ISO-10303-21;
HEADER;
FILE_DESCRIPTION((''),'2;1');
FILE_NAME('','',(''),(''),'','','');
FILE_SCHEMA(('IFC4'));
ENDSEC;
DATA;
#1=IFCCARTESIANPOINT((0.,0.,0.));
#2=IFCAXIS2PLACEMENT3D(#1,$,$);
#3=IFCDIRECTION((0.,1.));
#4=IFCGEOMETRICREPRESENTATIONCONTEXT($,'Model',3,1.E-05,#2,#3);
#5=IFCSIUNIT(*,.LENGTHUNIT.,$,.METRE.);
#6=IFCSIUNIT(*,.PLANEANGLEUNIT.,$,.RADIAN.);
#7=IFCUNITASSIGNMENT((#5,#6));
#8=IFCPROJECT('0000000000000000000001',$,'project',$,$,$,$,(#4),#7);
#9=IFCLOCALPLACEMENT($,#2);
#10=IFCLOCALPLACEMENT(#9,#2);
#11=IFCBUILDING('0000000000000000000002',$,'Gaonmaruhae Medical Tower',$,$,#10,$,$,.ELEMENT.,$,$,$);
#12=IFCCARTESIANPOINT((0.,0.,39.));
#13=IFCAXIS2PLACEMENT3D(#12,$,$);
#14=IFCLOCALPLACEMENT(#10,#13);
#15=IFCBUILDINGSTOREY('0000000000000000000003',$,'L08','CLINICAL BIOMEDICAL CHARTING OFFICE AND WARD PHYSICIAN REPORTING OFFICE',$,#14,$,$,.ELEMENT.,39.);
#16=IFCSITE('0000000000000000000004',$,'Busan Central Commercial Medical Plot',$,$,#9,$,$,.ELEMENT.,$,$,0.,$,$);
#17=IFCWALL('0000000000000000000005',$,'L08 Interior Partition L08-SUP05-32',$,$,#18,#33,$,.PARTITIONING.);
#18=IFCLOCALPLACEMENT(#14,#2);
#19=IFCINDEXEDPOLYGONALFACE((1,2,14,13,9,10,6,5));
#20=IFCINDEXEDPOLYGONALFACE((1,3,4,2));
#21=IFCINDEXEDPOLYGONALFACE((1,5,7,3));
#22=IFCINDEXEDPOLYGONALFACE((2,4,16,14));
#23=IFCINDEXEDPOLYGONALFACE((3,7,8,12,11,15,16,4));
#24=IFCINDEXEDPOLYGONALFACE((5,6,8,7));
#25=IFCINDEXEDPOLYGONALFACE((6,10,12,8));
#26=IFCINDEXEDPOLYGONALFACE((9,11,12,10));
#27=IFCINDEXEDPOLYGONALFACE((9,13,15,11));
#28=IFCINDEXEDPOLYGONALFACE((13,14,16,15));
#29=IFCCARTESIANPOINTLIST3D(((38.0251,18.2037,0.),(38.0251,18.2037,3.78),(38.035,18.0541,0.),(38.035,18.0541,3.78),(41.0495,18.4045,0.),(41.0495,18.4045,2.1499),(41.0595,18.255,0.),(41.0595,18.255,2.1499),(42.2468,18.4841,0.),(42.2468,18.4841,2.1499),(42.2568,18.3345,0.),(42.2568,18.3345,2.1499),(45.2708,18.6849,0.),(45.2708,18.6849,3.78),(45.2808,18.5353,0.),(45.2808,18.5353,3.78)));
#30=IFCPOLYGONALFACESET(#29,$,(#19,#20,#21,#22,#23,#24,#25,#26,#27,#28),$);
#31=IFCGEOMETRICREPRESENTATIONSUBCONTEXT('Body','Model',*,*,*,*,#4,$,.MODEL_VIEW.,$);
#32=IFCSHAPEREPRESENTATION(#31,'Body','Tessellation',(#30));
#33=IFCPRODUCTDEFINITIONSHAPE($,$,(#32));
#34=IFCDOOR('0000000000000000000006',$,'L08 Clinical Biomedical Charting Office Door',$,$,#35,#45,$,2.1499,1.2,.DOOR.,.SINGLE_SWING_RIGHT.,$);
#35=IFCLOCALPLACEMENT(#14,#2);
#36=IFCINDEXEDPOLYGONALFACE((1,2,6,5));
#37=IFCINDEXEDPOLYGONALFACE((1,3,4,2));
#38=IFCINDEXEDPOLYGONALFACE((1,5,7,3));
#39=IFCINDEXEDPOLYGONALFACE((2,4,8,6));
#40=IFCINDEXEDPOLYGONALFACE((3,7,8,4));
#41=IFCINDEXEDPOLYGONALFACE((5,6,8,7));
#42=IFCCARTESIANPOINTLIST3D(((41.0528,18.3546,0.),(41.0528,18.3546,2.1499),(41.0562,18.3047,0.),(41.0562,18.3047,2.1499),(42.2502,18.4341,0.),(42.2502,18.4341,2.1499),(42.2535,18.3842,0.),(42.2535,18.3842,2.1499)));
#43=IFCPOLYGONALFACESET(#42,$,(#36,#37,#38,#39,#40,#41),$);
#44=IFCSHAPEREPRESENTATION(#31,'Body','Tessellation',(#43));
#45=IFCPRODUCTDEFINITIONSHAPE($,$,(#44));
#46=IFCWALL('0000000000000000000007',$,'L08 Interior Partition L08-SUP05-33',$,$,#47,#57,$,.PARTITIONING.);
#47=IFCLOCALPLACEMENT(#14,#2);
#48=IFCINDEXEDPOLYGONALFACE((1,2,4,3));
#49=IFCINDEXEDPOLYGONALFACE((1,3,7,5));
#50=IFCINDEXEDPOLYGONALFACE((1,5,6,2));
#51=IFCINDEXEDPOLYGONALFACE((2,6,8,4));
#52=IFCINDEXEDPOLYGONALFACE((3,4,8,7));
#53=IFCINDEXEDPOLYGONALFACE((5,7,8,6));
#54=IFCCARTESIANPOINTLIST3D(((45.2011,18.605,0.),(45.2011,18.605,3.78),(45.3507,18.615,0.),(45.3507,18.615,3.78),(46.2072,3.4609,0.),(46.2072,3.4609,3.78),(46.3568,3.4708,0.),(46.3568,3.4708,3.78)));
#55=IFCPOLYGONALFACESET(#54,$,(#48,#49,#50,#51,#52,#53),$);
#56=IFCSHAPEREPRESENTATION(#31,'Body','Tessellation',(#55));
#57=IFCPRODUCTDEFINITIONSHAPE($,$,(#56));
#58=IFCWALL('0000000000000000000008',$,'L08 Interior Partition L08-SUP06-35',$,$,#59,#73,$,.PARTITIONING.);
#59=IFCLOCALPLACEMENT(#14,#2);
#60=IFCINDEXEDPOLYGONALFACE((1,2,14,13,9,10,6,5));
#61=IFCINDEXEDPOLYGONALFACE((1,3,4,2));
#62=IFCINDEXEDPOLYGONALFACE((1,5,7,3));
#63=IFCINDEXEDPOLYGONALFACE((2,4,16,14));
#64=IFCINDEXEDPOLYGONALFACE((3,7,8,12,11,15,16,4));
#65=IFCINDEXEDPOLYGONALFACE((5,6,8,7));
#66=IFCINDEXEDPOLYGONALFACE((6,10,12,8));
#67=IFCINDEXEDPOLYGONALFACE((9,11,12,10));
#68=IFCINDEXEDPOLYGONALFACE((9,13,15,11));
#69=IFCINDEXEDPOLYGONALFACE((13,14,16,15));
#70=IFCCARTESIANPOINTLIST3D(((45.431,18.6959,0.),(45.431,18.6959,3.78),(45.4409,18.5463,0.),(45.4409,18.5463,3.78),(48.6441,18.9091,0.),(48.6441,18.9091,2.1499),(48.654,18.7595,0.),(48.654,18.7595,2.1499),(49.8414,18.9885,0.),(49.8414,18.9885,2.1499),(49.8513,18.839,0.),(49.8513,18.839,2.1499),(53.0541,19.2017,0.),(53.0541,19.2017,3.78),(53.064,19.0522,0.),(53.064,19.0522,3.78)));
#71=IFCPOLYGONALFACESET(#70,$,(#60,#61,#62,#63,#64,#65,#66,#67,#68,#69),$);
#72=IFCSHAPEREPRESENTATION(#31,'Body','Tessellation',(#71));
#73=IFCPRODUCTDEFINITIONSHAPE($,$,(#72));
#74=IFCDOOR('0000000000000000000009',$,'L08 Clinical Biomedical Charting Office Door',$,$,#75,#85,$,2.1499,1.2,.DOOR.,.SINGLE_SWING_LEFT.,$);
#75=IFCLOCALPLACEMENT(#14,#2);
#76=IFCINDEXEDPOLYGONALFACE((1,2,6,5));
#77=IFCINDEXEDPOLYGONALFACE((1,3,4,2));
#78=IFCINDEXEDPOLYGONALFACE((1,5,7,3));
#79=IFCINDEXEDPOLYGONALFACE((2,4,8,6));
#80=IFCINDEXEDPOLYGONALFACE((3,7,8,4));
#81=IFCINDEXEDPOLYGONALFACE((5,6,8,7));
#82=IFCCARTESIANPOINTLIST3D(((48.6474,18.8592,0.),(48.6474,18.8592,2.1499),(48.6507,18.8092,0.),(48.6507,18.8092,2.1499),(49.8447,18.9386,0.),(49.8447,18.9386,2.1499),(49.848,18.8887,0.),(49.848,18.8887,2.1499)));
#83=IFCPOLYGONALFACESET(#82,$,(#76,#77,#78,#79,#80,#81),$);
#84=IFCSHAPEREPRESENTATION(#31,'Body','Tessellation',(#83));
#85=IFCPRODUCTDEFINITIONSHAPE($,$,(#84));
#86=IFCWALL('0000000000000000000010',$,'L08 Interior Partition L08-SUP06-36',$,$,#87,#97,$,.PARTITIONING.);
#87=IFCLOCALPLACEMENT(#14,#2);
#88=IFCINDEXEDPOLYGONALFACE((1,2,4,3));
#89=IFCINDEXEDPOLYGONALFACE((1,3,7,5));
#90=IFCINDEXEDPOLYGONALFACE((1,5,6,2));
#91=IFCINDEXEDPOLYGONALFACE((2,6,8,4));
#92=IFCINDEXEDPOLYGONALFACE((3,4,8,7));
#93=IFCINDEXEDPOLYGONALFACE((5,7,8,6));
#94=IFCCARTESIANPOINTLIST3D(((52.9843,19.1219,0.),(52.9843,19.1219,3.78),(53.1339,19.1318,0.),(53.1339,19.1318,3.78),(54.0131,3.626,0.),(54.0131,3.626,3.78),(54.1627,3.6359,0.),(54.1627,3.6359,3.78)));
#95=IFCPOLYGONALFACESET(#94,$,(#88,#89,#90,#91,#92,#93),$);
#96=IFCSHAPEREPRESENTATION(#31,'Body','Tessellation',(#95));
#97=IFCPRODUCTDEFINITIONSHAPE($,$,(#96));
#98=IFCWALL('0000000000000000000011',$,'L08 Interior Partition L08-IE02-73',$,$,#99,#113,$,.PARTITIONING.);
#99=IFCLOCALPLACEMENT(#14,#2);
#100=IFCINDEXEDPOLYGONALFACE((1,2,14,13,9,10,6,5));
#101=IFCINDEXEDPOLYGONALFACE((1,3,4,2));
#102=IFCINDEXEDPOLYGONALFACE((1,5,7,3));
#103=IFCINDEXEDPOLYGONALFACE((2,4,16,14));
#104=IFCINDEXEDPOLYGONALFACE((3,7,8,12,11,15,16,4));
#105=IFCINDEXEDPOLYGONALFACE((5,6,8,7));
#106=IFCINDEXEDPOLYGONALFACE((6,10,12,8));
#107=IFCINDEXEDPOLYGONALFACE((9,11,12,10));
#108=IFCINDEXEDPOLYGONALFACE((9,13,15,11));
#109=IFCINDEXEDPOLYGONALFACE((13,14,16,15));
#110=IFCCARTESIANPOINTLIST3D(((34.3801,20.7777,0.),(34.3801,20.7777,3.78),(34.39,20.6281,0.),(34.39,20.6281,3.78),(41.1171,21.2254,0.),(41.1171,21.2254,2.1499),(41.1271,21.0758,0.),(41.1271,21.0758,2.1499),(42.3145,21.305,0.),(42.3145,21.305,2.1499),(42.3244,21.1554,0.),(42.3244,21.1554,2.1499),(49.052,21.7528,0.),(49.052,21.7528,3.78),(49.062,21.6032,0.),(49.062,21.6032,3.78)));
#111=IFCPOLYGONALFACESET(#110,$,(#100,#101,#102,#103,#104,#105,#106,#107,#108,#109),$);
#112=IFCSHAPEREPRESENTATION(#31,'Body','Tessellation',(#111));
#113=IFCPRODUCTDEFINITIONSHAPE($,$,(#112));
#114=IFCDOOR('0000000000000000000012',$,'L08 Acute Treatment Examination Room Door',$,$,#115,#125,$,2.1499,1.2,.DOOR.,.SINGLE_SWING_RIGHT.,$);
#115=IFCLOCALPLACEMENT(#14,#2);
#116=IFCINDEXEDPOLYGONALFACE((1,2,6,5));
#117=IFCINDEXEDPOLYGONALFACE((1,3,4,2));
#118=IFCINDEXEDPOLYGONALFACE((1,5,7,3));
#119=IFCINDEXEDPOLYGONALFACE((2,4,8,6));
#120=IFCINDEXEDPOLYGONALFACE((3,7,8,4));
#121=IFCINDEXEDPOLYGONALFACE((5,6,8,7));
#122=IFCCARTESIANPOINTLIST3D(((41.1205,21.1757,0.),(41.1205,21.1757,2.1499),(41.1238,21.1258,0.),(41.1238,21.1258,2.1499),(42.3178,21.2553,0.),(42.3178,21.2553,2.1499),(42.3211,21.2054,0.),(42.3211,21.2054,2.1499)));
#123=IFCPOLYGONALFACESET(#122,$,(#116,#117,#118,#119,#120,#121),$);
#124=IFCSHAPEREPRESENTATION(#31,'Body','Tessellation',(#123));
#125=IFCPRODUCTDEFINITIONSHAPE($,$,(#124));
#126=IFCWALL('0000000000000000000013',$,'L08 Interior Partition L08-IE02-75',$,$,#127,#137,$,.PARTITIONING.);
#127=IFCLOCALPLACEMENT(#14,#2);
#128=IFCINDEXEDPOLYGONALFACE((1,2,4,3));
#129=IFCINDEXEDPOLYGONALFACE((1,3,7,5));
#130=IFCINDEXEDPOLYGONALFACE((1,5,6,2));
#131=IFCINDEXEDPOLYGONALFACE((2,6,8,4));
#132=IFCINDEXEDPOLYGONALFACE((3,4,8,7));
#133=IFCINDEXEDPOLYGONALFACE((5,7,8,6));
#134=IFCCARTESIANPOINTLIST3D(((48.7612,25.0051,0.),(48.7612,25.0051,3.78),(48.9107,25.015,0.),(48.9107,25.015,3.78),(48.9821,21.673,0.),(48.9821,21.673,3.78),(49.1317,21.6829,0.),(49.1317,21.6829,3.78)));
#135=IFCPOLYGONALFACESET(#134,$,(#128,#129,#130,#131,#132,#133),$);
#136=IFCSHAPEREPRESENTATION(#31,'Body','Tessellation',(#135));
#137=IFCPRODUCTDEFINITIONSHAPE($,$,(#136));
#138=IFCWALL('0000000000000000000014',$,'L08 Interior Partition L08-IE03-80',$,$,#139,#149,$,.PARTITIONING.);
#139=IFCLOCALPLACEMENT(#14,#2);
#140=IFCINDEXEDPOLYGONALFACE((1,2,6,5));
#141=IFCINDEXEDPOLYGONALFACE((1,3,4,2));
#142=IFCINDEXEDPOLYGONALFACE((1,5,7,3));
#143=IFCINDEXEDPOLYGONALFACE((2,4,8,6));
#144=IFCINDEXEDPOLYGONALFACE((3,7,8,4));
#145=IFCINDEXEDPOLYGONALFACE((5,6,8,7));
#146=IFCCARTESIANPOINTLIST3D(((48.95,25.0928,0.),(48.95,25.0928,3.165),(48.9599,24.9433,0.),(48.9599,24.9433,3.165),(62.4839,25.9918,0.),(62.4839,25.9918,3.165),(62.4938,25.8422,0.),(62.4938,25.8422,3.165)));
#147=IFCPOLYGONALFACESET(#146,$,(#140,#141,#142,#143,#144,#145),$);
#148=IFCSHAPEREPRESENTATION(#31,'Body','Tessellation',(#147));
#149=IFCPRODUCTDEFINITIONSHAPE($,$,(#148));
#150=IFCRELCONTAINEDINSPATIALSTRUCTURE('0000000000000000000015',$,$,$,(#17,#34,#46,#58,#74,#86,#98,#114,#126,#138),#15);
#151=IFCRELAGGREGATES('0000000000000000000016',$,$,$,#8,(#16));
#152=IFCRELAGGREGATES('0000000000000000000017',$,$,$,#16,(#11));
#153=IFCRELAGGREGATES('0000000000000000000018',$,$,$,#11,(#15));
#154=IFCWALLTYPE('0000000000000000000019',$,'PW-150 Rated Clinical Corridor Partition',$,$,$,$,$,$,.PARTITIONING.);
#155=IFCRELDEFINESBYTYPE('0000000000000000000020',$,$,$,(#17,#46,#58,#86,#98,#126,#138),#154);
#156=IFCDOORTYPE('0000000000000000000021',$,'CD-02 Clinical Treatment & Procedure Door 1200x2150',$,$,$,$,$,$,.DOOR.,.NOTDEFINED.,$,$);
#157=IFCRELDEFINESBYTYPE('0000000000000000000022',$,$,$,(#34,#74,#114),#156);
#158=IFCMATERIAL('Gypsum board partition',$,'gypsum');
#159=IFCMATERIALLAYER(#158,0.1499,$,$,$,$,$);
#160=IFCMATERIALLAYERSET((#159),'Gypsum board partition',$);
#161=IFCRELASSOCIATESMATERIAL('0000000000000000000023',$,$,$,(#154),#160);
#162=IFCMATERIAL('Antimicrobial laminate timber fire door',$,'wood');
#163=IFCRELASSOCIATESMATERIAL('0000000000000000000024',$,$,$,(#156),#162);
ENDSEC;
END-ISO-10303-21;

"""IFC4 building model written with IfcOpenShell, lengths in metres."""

from ifc_helpers import new_model, si_unit, direction, frame, frame_2d, origin, place, context, subcontext, project, spatial, rectangle, extrude, material, layer, layer_set, type_object, element, fill, save


model = new_model("IFC4")

# Units and contexts
model_context = context("Model", 3, precision=1e-05, world=origin(), true_north=direction((0.0, 1.0)))
body_context = subcontext(model_context, "Body", "Model", "MODEL_VIEW")
ifc_project = project(units=[si_unit("LENGTHUNIT", "METRE"), si_unit("PLANEANGLEUNIT", "RADIAN")], contexts=[model_context])

# Site, building, storey
site_placement = place(None, origin())
site = spatial("IfcSite", under=ifc_project, at=site_placement, Name="Busan Central Commercial Medical Plot", CompositionType="ELEMENT", RefElevation=0.0)
building_placement = place(site_placement, origin())
building = spatial("IfcBuilding", under=site, at=building_placement, Name="Gaonmaruhae Medical Tower", CompositionType="ELEMENT")
storey_placement = place(building_placement, frame((0.0, 0.0, 39.0)))
storey = spatial("IfcBuildingStorey", under=building, at=storey_placement, Name="L08", Description="CLINICAL BIOMEDICAL CHARTING OFFICE AND WARD PHYSICIAN REPORTING OFFICE", CompositionType="ELEMENT", Elevation=39.0)

# Shared definitions
ifc_material_1 = material(Name="Gypsum board partition", Category="gypsum")
ifc_layer_1 = layer(ifc_material_1, 0.1499)
ifc_layer_set_1 = layer_set([ifc_layer_1], Name="Gypsum board partition")
wall_type_1 = type_object("IfcWallType", Name="PW-150 Rated Clinical Corridor Partition", PredefinedType="PARTITIONING", material=ifc_layer_set_1)

# Wall, opening, door
wall_1_placement = place(storey_placement, frame((38.03, 18.1289, 0.0), z_axis=(0.0, 0.0, 1.0), x_axis=(0.997802, 0.066265, 0.0)))
wall_1 = element("IfcWall", 1, at=wall_1_placement, inside=storey, type_object=wall_type_1, Name="L08 Interior Partition L08-SUP05-32", PredefinedType="PARTITIONING", context=body_context, shape_type="SweptSolid", body=[
    extrude(rectangle(XDim=7.2617, YDim=0.1499, at=frame_2d((3.6309, 0.0))), origin(), (0.0, 0.0, 1.0), 3.78),
])
opening_1_placement = place(wall_1_placement, frame((3.031, 0.0, 0.0)))
opening_1 = element("IfcOpeningElement", 2, at=opening_1_placement, cuts=wall_1, PredefinedType="OPENING", context=body_context, shape_type="SweptSolid", body=[
    extrude(rectangle(XDim=1.2, YDim=2.1499, at=frame_2d((0.6001, 1.075))), frame((0.0, 0.085, 0.0), z_axis=(0.0, -1.0, 0.0), x_axis=(1.0, 0.0, 0.0)), (0.0, 0.0, 1.0), 0.1699),
])
ifc_material_2 = material(Name="Antimicrobial laminate timber fire door", Category="wood")
door_type_1 = type_object("IfcDoorType", Name="CD-02 Clinical Treatment & Procedure Door 1200x2150", OperationType="NOTDEFINED", PredefinedType="DOOR", material=ifc_material_2)
door_1_placement = place(opening_1_placement, origin())
door_1 = element("IfcDoor", 3, at=door_1_placement, inside=storey, type_object=door_type_1, Name="L08 Clinical Biomedical Charting Office Door", OperationType="SINGLE_SWING_RIGHT", OverallHeight=2.1499, OverallWidth=1.2, PredefinedType="DOOR", context=body_context, shape_type="SweptSolid", body=[
    extrude(rectangle(XDim=1.2, YDim=2.1499, at=frame_2d((0.6001, 1.075))), frame((0.0, 0.0249, 0.0), z_axis=(0.0, -1.0, 0.0), x_axis=(1.0, 0.0, 0.0)), (0.0, 0.0, 1.0), 0.05),
])
fill(opening_1, door_1)

# Wall
wall_2_placement = place(storey_placement, frame((45.2759, 18.6101, 0.0), z_axis=(0.0, 0.0, 1.0), x_axis=(0.066289, -0.9978, 0.0)))
element("IfcWall", 4, at=wall_2_placement, inside=storey, type_object=wall_type_1, Name="L08 Interior Partition L08-SUP05-33", PredefinedType="PARTITIONING", context=body_context, shape_type="SweptSolid", body=[
    extrude(rectangle(XDim=15.1775, YDim=0.1499, at=frame_2d((7.5889, 0.0))), origin(), (0.0, 0.0, 1.0), 3.78),
])

# Wall, opening, door
wall_3_placement = place(storey_placement, frame((45.436, 18.6211, 0.0), z_axis=(0.0, 0.0, 1.0), x_axis=(0.997805, 0.066214, 0.0)))
wall_3 = element("IfcWall", 5, at=wall_3_placement, inside=storey, type_object=wall_type_1, Name="L08 Interior Partition L08-SUP06-35", PredefinedType="PARTITIONING", context=body_context, shape_type="SweptSolid", body=[
    extrude(rectangle(XDim=7.6399, YDim=0.1499, at=frame_2d((3.8198, 0.0))), origin(), (0.0, 0.0, 1.0), 3.78),
])
opening_2_placement = place(wall_3_placement, frame((3.22, 0.0, 0.0)))
opening_2 = element("IfcOpeningElement", 6, at=opening_2_placement, cuts=wall_3, PredefinedType="OPENING", context=body_context, shape_type="SweptSolid", body=[
    extrude(rectangle(XDim=1.2, YDim=2.1499, at=frame_2d((0.6001, 1.075))), frame((0.0, 0.085, 0.0), z_axis=(0.0, -1.0, 0.0), x_axis=(1.0, 0.0, 0.0)), (0.0, 0.0, 1.0), 0.1699),
])
door_2_placement = place(opening_2_placement, origin())
door_2 = element("IfcDoor", 7, at=door_2_placement, inside=storey, type_object=door_type_1, Name="L08 Clinical Biomedical Charting Office Door", OperationType="SINGLE_SWING_LEFT", OverallHeight=2.1499, OverallWidth=1.2, PredefinedType="DOOR", context=body_context, shape_type="SweptSolid", body=[
    extrude(rectangle(XDim=1.2, YDim=2.1499, at=frame_2d((0.6001, 1.075))), frame((0.0, 0.0249, 0.0), z_axis=(0.0, -1.0, 0.0), x_axis=(1.0, 0.0, 0.0)), (0.0, 0.0, 1.0), 0.05),
])
fill(opening_2, door_2)

# Wall
wall_4_placement = place(storey_placement, frame((53.0591, 19.127, 0.0), z_axis=(0.0, 0.0, 1.0), x_axis=(0.066247, -0.997803, 0.0)))
element("IfcWall", 8, at=wall_4_placement, inside=storey, type_object=wall_type_1, Name="L08 Interior Partition L08-SUP06-36", PredefinedType="PARTITIONING", context=body_context, shape_type="SweptSolid", body=[
    extrude(rectangle(XDim=15.53, YDim=0.1499, at=frame_2d((7.7651, 0.0))), origin(), (0.0, 0.0, 1.0), 3.78),
])

# Wall, opening, door
wall_5_placement = place(storey_placement, frame((49.0569, 21.678, 0.0), z_axis=(0.0, 0.0, 1.0), x_axis=(-0.997799, -0.066314, 0.0)))
wall_5 = element("IfcWall", 9, at=wall_5_placement, inside=storey, type_object=wall_type_1, Name="L08 Interior Partition L08-IE02-73", PredefinedType="PARTITIONING", context=body_context, shape_type="SweptSolid", body=[
    extrude(rectangle(XDim=14.7043, YDim=0.1499, at=frame_2d((7.3521, 0.0))), origin(), (0.0, 0.0, 1.0), 3.78),
])
opening_3_placement = place(wall_5_placement, frame((6.7522, 0.0, 0.0)))
opening_3 = element("IfcOpeningElement", 10, at=opening_3_placement, cuts=wall_5, PredefinedType="OPENING", context=body_context, shape_type="SweptSolid", body=[
    extrude(rectangle(XDim=1.2, YDim=2.1499, at=frame_2d((0.6001, 1.075))), frame((0.0, 0.085, 0.0), z_axis=(0.0, -1.0, 0.0), x_axis=(1.0, 0.0, 0.0)), (0.0, 0.0, 1.0), 0.1699),
])
door_3_placement = place(opening_3_placement, origin())
door_3 = element("IfcDoor", 11, at=door_3_placement, inside=storey, type_object=door_type_1, Name="L08 Acute Treatment Examination Room Door", OperationType="SINGLE_SWING_RIGHT", OverallHeight=2.1499, OverallWidth=1.2, PredefinedType="DOOR", context=body_context, shape_type="SweptSolid", body=[
    extrude(rectangle(XDim=1.2, YDim=2.1499, at=frame_2d((0.6001, 1.075))), frame((0.0, 0.0249, 0.0), z_axis=(0.0, -1.0, 0.0), x_axis=(1.0, 0.0, 0.0)), (0.0, 0.0, 1.0), 0.05),
])
fill(opening_3, door_3)

# Walls
wall_6_placement = place(storey_placement, frame((48.8359, 25.01, 0.0), z_axis=(0.0, 0.0, 1.0), x_axis=(0.066165, -0.997809, 0.0)))
element("IfcWall", 12, at=wall_6_placement, inside=storey, type_object=wall_type_1, Name="L08 Interior Partition L08-IE02-75", PredefinedType="PARTITIONING", context=body_context, shape_type="SweptSolid", body=[
    extrude(rectangle(XDim=3.3394, YDim=0.1499, at=frame_2d((1.6697, 0.0))), origin(), (0.0, 0.0, 1.0), 3.78),
])
wall_7_placement = place(storey_placement, frame((48.9551, 25.0181, 0.0), z_axis=(0.0, 0.0, 1.0), x_axis=(0.997801, 0.066274, 0.0)))
element("IfcWall", 13, at=wall_7_placement, inside=storey, type_object=wall_type_1, Name="L08 Interior Partition L08-IE03-80", PredefinedType="PARTITIONING", context=body_context, shape_type="SweptSolid", body=[
    extrude(rectangle(XDim=13.5637, YDim=0.1499, at=frame_2d((6.7817, 0.0))), origin(), (0.0, 0.0, 1.0), 3.165),
])

save(model, "model.ifc")
